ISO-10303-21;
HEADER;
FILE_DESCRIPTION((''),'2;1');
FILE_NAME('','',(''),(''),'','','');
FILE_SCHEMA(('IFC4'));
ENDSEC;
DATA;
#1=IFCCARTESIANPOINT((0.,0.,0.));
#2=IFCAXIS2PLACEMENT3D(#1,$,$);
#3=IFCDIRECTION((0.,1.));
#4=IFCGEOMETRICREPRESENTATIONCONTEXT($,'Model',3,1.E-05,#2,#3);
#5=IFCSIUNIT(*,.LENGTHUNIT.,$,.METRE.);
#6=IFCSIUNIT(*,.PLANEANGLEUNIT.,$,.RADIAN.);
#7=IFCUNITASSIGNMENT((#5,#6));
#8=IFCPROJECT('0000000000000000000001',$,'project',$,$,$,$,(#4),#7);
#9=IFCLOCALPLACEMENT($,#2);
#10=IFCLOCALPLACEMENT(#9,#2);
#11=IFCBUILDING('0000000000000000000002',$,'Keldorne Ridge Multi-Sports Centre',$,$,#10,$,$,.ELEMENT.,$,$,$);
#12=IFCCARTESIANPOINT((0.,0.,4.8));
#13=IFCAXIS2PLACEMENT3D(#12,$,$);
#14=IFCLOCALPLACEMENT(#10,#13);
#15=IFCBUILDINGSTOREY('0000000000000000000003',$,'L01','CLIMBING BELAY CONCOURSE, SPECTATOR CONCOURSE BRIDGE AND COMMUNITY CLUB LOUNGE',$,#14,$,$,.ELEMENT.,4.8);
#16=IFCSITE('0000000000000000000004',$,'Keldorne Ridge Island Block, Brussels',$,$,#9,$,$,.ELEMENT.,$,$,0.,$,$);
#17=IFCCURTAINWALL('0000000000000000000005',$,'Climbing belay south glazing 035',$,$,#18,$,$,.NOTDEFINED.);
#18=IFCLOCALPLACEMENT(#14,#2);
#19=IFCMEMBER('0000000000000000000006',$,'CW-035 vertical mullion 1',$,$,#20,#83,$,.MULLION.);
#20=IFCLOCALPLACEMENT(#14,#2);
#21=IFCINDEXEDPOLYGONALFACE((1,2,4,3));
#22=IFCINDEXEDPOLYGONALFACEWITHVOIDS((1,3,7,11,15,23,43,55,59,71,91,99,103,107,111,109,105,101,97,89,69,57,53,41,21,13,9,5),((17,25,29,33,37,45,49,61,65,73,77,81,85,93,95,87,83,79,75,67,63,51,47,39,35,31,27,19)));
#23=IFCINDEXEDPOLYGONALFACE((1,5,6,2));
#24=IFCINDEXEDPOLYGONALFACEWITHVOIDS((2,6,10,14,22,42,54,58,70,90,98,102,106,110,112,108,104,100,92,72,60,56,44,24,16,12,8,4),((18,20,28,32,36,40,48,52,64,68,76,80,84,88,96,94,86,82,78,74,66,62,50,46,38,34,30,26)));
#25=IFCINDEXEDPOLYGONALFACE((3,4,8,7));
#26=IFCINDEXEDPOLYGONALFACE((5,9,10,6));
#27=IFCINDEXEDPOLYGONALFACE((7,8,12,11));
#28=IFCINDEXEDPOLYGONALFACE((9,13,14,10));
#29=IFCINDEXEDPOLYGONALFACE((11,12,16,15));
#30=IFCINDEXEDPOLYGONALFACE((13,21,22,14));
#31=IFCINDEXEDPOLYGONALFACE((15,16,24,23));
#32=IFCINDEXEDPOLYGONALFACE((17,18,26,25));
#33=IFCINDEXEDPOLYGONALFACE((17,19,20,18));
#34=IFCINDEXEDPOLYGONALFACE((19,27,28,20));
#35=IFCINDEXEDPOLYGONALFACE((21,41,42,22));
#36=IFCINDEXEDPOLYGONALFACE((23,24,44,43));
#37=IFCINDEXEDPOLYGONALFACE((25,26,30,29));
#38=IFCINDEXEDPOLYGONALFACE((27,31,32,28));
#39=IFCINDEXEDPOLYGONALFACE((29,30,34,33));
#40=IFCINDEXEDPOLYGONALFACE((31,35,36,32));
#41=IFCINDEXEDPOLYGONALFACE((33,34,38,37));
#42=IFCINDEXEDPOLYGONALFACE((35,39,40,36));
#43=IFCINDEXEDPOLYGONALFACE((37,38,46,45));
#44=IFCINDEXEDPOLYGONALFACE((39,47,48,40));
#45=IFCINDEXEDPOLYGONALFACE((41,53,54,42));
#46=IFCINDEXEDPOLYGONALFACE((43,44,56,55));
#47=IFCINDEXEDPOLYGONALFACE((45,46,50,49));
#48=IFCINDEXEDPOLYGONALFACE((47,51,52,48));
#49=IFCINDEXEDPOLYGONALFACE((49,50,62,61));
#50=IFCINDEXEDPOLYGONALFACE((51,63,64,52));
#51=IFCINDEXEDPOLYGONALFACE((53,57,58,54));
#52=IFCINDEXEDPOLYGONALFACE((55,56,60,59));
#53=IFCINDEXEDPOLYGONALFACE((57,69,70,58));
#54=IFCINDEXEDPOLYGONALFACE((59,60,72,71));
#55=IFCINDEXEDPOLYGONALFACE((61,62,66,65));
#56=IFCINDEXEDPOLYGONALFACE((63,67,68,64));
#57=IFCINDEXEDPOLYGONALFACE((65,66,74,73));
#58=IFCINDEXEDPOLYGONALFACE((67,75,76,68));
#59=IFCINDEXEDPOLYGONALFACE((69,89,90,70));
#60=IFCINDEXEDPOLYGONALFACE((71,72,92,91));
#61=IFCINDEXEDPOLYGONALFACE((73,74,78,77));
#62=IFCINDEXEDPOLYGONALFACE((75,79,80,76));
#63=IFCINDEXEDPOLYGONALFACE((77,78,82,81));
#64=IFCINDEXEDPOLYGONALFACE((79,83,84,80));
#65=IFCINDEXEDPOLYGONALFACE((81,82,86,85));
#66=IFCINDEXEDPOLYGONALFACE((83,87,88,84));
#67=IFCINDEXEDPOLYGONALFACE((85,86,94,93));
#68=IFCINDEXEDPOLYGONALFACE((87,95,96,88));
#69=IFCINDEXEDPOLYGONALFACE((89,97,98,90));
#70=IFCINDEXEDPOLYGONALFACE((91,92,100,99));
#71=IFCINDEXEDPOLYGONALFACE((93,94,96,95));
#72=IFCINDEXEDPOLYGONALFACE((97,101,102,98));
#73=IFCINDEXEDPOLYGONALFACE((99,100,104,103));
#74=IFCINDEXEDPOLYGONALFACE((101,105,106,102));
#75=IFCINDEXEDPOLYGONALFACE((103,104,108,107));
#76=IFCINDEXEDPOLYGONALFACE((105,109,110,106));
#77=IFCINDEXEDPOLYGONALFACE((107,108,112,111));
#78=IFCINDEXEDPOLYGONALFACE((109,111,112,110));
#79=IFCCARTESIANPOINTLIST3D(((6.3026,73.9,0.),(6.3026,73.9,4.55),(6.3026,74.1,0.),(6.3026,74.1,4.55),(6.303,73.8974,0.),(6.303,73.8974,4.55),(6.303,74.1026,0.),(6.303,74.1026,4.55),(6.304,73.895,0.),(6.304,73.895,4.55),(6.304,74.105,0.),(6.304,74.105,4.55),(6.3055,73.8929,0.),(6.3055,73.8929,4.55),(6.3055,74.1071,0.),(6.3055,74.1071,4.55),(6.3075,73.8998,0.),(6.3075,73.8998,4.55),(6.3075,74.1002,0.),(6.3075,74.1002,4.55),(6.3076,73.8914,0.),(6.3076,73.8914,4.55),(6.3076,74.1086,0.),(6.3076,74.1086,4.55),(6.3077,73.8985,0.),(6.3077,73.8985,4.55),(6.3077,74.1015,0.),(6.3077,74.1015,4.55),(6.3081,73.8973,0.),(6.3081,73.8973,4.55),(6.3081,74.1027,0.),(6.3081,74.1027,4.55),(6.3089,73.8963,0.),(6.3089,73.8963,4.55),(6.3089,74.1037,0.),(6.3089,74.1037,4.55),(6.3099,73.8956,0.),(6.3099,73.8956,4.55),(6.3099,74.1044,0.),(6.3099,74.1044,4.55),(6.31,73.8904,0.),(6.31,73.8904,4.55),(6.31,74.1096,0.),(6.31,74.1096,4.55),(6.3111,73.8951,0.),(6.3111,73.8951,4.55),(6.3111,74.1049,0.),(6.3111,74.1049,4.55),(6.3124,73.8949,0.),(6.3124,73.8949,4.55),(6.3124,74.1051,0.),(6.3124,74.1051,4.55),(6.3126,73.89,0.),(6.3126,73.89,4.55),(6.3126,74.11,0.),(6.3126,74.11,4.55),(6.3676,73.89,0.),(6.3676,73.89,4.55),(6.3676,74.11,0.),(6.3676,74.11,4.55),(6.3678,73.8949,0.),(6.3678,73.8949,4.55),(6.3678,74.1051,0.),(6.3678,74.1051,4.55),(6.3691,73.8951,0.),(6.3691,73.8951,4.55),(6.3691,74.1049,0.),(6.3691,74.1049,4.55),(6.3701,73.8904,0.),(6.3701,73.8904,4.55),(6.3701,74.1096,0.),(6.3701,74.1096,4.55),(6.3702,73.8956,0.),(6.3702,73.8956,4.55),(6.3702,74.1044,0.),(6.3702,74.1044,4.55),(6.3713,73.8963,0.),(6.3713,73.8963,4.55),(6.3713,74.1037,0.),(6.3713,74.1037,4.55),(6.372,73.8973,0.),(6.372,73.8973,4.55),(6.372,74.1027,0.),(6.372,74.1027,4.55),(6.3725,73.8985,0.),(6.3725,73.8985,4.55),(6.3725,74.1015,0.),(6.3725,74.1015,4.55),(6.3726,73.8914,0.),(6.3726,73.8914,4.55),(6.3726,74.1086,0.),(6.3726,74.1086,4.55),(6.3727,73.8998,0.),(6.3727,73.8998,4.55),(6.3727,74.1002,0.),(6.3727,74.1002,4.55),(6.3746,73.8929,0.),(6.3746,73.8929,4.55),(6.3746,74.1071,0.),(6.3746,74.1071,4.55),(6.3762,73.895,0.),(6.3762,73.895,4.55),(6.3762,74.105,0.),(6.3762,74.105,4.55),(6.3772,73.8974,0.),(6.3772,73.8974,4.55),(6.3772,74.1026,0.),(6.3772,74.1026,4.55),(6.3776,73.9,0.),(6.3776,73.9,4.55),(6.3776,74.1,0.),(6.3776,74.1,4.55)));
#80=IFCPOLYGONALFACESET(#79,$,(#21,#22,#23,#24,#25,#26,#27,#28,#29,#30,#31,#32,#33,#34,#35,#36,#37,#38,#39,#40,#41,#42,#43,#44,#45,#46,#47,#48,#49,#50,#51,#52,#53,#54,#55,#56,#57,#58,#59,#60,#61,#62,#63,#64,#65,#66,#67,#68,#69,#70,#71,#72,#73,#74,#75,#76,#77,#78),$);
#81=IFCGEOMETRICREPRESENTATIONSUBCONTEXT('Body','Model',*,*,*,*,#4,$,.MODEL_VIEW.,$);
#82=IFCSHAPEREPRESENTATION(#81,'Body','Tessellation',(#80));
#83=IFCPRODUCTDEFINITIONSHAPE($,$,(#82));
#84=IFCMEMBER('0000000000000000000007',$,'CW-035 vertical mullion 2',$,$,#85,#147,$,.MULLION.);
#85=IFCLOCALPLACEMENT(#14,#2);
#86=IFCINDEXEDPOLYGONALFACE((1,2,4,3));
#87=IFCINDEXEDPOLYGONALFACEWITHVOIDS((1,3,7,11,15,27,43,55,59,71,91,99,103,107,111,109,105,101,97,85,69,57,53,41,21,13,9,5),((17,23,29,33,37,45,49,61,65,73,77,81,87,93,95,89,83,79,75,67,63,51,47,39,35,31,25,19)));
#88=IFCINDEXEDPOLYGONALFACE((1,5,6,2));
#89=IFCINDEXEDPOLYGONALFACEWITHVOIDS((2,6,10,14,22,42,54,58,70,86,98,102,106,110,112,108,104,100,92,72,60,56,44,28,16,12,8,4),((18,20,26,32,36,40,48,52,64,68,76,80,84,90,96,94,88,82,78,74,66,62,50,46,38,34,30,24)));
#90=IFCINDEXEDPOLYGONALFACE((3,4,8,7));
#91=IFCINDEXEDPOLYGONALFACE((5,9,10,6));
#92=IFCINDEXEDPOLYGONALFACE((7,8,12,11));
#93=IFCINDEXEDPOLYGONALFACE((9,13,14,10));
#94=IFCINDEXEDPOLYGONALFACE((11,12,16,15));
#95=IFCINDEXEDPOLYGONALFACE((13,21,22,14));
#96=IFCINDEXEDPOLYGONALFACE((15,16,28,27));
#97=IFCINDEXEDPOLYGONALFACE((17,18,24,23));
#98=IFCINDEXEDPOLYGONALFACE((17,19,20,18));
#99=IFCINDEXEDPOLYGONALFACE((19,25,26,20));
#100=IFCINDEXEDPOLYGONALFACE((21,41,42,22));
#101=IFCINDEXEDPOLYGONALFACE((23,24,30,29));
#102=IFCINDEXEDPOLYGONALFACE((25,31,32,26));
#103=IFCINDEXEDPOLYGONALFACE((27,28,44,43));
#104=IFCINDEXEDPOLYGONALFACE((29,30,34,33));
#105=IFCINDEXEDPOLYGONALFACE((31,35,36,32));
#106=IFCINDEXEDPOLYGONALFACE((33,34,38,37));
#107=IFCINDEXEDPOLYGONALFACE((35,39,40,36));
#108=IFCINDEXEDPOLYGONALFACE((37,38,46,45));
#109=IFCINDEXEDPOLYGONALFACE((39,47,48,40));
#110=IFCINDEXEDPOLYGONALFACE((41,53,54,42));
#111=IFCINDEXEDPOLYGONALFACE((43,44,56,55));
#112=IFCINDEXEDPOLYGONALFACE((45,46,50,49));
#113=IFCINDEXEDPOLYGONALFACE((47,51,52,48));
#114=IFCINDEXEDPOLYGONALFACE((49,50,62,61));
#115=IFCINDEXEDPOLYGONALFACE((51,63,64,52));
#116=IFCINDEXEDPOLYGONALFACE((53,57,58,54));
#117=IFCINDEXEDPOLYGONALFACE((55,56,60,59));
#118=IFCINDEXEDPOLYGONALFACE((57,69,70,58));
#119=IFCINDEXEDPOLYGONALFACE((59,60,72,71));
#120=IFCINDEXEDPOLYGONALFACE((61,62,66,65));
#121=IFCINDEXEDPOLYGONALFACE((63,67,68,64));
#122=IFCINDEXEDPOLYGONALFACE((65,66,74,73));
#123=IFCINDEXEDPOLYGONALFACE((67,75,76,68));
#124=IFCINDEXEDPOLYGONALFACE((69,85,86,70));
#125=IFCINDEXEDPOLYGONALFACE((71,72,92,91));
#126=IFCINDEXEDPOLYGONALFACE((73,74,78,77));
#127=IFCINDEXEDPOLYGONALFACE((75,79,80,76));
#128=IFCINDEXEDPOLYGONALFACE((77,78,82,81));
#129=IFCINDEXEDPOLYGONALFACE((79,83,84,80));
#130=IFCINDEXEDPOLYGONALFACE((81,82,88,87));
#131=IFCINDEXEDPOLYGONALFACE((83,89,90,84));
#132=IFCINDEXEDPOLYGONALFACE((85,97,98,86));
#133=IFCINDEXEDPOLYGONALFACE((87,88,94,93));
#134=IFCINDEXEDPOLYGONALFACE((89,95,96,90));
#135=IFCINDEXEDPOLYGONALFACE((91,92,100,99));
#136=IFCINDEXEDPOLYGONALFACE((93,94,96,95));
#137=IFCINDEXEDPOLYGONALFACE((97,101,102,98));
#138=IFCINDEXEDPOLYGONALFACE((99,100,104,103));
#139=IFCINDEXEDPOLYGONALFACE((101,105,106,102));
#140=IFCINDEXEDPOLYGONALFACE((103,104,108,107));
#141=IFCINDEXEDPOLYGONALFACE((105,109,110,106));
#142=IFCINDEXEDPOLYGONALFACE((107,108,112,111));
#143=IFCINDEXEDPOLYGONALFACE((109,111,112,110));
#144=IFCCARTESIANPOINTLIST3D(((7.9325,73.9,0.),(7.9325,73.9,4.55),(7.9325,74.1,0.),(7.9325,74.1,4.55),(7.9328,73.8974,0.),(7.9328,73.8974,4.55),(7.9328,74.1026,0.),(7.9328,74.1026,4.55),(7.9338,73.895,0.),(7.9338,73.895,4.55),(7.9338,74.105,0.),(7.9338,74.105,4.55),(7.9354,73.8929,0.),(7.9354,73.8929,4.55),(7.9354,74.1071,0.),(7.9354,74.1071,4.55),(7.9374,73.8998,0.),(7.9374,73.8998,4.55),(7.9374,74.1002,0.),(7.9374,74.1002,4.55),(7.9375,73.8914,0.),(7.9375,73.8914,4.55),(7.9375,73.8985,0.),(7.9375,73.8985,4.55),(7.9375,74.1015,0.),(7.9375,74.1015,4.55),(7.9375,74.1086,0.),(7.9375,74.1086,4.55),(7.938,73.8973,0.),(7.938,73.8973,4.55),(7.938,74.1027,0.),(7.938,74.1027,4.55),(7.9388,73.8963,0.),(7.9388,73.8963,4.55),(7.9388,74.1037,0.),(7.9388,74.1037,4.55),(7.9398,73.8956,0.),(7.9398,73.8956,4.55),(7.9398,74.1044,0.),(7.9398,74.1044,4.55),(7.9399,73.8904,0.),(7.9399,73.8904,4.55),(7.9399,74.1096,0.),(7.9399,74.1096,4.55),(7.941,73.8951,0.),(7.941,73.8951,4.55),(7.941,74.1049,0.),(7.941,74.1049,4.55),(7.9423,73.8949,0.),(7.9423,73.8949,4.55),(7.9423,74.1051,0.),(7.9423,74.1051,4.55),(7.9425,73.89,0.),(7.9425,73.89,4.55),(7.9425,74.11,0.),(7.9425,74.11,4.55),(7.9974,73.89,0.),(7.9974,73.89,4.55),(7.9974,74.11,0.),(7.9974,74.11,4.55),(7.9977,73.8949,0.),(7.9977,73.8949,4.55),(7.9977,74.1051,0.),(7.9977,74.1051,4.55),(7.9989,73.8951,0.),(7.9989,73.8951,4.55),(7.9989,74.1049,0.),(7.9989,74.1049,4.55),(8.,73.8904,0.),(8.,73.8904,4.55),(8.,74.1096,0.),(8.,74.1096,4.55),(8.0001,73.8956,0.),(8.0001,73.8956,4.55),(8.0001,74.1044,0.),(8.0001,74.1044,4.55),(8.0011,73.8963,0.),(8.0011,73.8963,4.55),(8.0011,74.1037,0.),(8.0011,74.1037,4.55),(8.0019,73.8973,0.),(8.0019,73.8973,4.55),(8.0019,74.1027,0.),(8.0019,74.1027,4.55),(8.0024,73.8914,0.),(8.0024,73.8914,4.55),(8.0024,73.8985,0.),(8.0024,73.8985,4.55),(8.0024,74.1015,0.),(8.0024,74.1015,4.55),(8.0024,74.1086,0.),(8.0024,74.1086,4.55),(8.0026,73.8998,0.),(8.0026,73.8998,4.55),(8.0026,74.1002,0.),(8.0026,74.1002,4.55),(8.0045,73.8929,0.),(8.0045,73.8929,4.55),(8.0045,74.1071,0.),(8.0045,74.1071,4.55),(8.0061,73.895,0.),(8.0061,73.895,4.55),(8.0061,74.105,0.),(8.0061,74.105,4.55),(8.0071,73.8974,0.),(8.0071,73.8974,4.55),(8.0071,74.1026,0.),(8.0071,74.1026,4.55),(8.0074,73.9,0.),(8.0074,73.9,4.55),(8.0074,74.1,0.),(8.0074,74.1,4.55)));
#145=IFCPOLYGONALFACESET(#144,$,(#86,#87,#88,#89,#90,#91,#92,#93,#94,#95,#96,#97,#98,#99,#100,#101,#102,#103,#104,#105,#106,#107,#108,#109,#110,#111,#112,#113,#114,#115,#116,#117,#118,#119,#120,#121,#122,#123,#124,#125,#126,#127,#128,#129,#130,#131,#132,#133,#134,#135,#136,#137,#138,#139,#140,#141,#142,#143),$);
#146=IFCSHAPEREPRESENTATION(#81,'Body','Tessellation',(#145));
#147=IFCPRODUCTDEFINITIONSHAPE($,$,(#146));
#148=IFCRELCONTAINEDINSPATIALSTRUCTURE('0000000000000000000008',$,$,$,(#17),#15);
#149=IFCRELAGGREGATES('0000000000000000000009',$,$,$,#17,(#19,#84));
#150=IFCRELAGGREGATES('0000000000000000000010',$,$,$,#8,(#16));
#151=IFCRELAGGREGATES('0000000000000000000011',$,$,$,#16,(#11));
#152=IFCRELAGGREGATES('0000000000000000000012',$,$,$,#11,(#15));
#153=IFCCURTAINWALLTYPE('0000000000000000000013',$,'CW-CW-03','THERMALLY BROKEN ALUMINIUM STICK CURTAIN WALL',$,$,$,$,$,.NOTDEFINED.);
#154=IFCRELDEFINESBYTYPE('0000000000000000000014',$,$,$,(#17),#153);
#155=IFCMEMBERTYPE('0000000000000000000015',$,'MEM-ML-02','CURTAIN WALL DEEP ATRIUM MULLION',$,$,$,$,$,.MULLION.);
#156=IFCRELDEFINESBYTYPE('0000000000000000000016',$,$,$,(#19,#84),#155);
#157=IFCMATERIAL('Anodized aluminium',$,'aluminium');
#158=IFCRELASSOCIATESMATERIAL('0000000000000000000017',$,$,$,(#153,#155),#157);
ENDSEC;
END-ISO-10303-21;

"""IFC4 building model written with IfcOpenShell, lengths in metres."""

from ifc_helpers import new_model, si_unit, direction, frame, origin, origin_2d, place, context, subcontext, project, spatial, hollow_rectangle, extrude, material, material_profile, profile_set, type_object, element, aggregate, save


model = new_model("IFC4")

# Units and contexts
model_context = context("Model", 3, precision=1e-05, world=origin(), true_north=direction((0.0, 1.0)))
body_context = subcontext(model_context, "Body", "Model", "MODEL_VIEW")
ifc_project = project(units=[si_unit("LENGTHUNIT", "METRE"), si_unit("PLANEANGLEUNIT", "RADIAN")], contexts=[model_context])

# Site, building, storey
site_placement = place(None, origin())
site = spatial("IfcSite", under=ifc_project, at=site_placement, Name="Keldorne Ridge Island Block, Brussels", CompositionType="ELEMENT", RefElevation=0.0)
building_placement = place(site_placement, origin())
building = spatial("IfcBuilding", under=site, at=building_placement, Name="Keldorne Ridge Multi-Sports Centre", CompositionType="ELEMENT")
storey_placement = place(building_placement, frame((0.0, 0.0, 4.8)))
storey = spatial("IfcBuildingStorey", under=building, at=storey_placement, Name="L01", Description="CLIMBING BELAY CONCOURSE, SPECTATOR CONCOURSE BRIDGE AND COMMUNITY CLUB LOUNGE", CompositionType="ELEMENT", Elevation=4.8)

# Curtain wall, members
ifc_material_1 = material(Name="Anodized aluminium", Category="aluminium")
curtain_wall_type = type_object("IfcCurtainWallType", Name="CW-CW-03", Description="THERMALLY BROKEN ALUMINIUM STICK CURTAIN WALL", PredefinedType="NOTDEFINED", material=ifc_material_1)
curtain_wall_placement = place(storey_placement, origin())
curtain_wall = element("IfcCurtainWall", 1, at=curtain_wall_placement, inside=storey, type_object=curtain_wall_type, Name="Climbing belay south glazing 035", PredefinedType="NOTDEFINED")
ifc_material_profile_1 = material_profile(ifc_material_1, hollow_rectangle(XDim=0.075, YDim=0.22, WallThickness=0.0049, InnerFilletRadius=0.0049, OuterFilletRadius=0.01, at=origin_2d()), Name="ALU MULLION 220x75x5")
ifc_profile_set_1 = profile_set([ifc_material_profile_1], Name="Anodized aluminium")
member_type_1 = type_object("IfcMemberType", Name="MEM-ML-02", Description="CURTAIN WALL DEEP ATRIUM MULLION", PredefinedType="MULLION", material=ifc_profile_set_1)
member_1_placement = place(storey_placement, frame((6.3401, 74.0, 0.0), z_axis=(0.0, 0.0, 1.0), x_axis=(1.0, 0.0, 0.0)))
member_1 = element("IfcMember", 2, at=member_1_placement, type_object=member_type_1, Name="CW-035 vertical mullion 1", PredefinedType="MULLION", context=body_context, shape_type="SweptSolid", body=[
    extrude(hollow_rectangle(XDim=0.075, YDim=0.22, WallThickness=0.0049, InnerFilletRadius=0.0049, OuterFilletRadius=0.01, at=origin_2d()), origin(), (0.0, 0.0, 1.0), 4.55),
])
member_2_placement = place(storey_placement, frame((7.97, 74.0, 0.0), z_axis=(0.0, 0.0, 1.0), x_axis=(1.0, 0.0, 0.0)))
member_2 = element("IfcMember", 3, at=member_2_placement, type_object=member_type_1, Name="CW-035 vertical mullion 2", PredefinedType="MULLION", context=body_context, shape_type="SweptSolid", body=[
    extrude(hollow_rectangle(XDim=0.075, YDim=0.22, WallThickness=0.0049, InnerFilletRadius=0.0049, OuterFilletRadius=0.01, at=origin_2d()), origin(), (0.0, 0.0, 1.0), 4.55),
])
aggregate(curtain_wall, [member_1, member_2])

save(model, "model.ifc")
